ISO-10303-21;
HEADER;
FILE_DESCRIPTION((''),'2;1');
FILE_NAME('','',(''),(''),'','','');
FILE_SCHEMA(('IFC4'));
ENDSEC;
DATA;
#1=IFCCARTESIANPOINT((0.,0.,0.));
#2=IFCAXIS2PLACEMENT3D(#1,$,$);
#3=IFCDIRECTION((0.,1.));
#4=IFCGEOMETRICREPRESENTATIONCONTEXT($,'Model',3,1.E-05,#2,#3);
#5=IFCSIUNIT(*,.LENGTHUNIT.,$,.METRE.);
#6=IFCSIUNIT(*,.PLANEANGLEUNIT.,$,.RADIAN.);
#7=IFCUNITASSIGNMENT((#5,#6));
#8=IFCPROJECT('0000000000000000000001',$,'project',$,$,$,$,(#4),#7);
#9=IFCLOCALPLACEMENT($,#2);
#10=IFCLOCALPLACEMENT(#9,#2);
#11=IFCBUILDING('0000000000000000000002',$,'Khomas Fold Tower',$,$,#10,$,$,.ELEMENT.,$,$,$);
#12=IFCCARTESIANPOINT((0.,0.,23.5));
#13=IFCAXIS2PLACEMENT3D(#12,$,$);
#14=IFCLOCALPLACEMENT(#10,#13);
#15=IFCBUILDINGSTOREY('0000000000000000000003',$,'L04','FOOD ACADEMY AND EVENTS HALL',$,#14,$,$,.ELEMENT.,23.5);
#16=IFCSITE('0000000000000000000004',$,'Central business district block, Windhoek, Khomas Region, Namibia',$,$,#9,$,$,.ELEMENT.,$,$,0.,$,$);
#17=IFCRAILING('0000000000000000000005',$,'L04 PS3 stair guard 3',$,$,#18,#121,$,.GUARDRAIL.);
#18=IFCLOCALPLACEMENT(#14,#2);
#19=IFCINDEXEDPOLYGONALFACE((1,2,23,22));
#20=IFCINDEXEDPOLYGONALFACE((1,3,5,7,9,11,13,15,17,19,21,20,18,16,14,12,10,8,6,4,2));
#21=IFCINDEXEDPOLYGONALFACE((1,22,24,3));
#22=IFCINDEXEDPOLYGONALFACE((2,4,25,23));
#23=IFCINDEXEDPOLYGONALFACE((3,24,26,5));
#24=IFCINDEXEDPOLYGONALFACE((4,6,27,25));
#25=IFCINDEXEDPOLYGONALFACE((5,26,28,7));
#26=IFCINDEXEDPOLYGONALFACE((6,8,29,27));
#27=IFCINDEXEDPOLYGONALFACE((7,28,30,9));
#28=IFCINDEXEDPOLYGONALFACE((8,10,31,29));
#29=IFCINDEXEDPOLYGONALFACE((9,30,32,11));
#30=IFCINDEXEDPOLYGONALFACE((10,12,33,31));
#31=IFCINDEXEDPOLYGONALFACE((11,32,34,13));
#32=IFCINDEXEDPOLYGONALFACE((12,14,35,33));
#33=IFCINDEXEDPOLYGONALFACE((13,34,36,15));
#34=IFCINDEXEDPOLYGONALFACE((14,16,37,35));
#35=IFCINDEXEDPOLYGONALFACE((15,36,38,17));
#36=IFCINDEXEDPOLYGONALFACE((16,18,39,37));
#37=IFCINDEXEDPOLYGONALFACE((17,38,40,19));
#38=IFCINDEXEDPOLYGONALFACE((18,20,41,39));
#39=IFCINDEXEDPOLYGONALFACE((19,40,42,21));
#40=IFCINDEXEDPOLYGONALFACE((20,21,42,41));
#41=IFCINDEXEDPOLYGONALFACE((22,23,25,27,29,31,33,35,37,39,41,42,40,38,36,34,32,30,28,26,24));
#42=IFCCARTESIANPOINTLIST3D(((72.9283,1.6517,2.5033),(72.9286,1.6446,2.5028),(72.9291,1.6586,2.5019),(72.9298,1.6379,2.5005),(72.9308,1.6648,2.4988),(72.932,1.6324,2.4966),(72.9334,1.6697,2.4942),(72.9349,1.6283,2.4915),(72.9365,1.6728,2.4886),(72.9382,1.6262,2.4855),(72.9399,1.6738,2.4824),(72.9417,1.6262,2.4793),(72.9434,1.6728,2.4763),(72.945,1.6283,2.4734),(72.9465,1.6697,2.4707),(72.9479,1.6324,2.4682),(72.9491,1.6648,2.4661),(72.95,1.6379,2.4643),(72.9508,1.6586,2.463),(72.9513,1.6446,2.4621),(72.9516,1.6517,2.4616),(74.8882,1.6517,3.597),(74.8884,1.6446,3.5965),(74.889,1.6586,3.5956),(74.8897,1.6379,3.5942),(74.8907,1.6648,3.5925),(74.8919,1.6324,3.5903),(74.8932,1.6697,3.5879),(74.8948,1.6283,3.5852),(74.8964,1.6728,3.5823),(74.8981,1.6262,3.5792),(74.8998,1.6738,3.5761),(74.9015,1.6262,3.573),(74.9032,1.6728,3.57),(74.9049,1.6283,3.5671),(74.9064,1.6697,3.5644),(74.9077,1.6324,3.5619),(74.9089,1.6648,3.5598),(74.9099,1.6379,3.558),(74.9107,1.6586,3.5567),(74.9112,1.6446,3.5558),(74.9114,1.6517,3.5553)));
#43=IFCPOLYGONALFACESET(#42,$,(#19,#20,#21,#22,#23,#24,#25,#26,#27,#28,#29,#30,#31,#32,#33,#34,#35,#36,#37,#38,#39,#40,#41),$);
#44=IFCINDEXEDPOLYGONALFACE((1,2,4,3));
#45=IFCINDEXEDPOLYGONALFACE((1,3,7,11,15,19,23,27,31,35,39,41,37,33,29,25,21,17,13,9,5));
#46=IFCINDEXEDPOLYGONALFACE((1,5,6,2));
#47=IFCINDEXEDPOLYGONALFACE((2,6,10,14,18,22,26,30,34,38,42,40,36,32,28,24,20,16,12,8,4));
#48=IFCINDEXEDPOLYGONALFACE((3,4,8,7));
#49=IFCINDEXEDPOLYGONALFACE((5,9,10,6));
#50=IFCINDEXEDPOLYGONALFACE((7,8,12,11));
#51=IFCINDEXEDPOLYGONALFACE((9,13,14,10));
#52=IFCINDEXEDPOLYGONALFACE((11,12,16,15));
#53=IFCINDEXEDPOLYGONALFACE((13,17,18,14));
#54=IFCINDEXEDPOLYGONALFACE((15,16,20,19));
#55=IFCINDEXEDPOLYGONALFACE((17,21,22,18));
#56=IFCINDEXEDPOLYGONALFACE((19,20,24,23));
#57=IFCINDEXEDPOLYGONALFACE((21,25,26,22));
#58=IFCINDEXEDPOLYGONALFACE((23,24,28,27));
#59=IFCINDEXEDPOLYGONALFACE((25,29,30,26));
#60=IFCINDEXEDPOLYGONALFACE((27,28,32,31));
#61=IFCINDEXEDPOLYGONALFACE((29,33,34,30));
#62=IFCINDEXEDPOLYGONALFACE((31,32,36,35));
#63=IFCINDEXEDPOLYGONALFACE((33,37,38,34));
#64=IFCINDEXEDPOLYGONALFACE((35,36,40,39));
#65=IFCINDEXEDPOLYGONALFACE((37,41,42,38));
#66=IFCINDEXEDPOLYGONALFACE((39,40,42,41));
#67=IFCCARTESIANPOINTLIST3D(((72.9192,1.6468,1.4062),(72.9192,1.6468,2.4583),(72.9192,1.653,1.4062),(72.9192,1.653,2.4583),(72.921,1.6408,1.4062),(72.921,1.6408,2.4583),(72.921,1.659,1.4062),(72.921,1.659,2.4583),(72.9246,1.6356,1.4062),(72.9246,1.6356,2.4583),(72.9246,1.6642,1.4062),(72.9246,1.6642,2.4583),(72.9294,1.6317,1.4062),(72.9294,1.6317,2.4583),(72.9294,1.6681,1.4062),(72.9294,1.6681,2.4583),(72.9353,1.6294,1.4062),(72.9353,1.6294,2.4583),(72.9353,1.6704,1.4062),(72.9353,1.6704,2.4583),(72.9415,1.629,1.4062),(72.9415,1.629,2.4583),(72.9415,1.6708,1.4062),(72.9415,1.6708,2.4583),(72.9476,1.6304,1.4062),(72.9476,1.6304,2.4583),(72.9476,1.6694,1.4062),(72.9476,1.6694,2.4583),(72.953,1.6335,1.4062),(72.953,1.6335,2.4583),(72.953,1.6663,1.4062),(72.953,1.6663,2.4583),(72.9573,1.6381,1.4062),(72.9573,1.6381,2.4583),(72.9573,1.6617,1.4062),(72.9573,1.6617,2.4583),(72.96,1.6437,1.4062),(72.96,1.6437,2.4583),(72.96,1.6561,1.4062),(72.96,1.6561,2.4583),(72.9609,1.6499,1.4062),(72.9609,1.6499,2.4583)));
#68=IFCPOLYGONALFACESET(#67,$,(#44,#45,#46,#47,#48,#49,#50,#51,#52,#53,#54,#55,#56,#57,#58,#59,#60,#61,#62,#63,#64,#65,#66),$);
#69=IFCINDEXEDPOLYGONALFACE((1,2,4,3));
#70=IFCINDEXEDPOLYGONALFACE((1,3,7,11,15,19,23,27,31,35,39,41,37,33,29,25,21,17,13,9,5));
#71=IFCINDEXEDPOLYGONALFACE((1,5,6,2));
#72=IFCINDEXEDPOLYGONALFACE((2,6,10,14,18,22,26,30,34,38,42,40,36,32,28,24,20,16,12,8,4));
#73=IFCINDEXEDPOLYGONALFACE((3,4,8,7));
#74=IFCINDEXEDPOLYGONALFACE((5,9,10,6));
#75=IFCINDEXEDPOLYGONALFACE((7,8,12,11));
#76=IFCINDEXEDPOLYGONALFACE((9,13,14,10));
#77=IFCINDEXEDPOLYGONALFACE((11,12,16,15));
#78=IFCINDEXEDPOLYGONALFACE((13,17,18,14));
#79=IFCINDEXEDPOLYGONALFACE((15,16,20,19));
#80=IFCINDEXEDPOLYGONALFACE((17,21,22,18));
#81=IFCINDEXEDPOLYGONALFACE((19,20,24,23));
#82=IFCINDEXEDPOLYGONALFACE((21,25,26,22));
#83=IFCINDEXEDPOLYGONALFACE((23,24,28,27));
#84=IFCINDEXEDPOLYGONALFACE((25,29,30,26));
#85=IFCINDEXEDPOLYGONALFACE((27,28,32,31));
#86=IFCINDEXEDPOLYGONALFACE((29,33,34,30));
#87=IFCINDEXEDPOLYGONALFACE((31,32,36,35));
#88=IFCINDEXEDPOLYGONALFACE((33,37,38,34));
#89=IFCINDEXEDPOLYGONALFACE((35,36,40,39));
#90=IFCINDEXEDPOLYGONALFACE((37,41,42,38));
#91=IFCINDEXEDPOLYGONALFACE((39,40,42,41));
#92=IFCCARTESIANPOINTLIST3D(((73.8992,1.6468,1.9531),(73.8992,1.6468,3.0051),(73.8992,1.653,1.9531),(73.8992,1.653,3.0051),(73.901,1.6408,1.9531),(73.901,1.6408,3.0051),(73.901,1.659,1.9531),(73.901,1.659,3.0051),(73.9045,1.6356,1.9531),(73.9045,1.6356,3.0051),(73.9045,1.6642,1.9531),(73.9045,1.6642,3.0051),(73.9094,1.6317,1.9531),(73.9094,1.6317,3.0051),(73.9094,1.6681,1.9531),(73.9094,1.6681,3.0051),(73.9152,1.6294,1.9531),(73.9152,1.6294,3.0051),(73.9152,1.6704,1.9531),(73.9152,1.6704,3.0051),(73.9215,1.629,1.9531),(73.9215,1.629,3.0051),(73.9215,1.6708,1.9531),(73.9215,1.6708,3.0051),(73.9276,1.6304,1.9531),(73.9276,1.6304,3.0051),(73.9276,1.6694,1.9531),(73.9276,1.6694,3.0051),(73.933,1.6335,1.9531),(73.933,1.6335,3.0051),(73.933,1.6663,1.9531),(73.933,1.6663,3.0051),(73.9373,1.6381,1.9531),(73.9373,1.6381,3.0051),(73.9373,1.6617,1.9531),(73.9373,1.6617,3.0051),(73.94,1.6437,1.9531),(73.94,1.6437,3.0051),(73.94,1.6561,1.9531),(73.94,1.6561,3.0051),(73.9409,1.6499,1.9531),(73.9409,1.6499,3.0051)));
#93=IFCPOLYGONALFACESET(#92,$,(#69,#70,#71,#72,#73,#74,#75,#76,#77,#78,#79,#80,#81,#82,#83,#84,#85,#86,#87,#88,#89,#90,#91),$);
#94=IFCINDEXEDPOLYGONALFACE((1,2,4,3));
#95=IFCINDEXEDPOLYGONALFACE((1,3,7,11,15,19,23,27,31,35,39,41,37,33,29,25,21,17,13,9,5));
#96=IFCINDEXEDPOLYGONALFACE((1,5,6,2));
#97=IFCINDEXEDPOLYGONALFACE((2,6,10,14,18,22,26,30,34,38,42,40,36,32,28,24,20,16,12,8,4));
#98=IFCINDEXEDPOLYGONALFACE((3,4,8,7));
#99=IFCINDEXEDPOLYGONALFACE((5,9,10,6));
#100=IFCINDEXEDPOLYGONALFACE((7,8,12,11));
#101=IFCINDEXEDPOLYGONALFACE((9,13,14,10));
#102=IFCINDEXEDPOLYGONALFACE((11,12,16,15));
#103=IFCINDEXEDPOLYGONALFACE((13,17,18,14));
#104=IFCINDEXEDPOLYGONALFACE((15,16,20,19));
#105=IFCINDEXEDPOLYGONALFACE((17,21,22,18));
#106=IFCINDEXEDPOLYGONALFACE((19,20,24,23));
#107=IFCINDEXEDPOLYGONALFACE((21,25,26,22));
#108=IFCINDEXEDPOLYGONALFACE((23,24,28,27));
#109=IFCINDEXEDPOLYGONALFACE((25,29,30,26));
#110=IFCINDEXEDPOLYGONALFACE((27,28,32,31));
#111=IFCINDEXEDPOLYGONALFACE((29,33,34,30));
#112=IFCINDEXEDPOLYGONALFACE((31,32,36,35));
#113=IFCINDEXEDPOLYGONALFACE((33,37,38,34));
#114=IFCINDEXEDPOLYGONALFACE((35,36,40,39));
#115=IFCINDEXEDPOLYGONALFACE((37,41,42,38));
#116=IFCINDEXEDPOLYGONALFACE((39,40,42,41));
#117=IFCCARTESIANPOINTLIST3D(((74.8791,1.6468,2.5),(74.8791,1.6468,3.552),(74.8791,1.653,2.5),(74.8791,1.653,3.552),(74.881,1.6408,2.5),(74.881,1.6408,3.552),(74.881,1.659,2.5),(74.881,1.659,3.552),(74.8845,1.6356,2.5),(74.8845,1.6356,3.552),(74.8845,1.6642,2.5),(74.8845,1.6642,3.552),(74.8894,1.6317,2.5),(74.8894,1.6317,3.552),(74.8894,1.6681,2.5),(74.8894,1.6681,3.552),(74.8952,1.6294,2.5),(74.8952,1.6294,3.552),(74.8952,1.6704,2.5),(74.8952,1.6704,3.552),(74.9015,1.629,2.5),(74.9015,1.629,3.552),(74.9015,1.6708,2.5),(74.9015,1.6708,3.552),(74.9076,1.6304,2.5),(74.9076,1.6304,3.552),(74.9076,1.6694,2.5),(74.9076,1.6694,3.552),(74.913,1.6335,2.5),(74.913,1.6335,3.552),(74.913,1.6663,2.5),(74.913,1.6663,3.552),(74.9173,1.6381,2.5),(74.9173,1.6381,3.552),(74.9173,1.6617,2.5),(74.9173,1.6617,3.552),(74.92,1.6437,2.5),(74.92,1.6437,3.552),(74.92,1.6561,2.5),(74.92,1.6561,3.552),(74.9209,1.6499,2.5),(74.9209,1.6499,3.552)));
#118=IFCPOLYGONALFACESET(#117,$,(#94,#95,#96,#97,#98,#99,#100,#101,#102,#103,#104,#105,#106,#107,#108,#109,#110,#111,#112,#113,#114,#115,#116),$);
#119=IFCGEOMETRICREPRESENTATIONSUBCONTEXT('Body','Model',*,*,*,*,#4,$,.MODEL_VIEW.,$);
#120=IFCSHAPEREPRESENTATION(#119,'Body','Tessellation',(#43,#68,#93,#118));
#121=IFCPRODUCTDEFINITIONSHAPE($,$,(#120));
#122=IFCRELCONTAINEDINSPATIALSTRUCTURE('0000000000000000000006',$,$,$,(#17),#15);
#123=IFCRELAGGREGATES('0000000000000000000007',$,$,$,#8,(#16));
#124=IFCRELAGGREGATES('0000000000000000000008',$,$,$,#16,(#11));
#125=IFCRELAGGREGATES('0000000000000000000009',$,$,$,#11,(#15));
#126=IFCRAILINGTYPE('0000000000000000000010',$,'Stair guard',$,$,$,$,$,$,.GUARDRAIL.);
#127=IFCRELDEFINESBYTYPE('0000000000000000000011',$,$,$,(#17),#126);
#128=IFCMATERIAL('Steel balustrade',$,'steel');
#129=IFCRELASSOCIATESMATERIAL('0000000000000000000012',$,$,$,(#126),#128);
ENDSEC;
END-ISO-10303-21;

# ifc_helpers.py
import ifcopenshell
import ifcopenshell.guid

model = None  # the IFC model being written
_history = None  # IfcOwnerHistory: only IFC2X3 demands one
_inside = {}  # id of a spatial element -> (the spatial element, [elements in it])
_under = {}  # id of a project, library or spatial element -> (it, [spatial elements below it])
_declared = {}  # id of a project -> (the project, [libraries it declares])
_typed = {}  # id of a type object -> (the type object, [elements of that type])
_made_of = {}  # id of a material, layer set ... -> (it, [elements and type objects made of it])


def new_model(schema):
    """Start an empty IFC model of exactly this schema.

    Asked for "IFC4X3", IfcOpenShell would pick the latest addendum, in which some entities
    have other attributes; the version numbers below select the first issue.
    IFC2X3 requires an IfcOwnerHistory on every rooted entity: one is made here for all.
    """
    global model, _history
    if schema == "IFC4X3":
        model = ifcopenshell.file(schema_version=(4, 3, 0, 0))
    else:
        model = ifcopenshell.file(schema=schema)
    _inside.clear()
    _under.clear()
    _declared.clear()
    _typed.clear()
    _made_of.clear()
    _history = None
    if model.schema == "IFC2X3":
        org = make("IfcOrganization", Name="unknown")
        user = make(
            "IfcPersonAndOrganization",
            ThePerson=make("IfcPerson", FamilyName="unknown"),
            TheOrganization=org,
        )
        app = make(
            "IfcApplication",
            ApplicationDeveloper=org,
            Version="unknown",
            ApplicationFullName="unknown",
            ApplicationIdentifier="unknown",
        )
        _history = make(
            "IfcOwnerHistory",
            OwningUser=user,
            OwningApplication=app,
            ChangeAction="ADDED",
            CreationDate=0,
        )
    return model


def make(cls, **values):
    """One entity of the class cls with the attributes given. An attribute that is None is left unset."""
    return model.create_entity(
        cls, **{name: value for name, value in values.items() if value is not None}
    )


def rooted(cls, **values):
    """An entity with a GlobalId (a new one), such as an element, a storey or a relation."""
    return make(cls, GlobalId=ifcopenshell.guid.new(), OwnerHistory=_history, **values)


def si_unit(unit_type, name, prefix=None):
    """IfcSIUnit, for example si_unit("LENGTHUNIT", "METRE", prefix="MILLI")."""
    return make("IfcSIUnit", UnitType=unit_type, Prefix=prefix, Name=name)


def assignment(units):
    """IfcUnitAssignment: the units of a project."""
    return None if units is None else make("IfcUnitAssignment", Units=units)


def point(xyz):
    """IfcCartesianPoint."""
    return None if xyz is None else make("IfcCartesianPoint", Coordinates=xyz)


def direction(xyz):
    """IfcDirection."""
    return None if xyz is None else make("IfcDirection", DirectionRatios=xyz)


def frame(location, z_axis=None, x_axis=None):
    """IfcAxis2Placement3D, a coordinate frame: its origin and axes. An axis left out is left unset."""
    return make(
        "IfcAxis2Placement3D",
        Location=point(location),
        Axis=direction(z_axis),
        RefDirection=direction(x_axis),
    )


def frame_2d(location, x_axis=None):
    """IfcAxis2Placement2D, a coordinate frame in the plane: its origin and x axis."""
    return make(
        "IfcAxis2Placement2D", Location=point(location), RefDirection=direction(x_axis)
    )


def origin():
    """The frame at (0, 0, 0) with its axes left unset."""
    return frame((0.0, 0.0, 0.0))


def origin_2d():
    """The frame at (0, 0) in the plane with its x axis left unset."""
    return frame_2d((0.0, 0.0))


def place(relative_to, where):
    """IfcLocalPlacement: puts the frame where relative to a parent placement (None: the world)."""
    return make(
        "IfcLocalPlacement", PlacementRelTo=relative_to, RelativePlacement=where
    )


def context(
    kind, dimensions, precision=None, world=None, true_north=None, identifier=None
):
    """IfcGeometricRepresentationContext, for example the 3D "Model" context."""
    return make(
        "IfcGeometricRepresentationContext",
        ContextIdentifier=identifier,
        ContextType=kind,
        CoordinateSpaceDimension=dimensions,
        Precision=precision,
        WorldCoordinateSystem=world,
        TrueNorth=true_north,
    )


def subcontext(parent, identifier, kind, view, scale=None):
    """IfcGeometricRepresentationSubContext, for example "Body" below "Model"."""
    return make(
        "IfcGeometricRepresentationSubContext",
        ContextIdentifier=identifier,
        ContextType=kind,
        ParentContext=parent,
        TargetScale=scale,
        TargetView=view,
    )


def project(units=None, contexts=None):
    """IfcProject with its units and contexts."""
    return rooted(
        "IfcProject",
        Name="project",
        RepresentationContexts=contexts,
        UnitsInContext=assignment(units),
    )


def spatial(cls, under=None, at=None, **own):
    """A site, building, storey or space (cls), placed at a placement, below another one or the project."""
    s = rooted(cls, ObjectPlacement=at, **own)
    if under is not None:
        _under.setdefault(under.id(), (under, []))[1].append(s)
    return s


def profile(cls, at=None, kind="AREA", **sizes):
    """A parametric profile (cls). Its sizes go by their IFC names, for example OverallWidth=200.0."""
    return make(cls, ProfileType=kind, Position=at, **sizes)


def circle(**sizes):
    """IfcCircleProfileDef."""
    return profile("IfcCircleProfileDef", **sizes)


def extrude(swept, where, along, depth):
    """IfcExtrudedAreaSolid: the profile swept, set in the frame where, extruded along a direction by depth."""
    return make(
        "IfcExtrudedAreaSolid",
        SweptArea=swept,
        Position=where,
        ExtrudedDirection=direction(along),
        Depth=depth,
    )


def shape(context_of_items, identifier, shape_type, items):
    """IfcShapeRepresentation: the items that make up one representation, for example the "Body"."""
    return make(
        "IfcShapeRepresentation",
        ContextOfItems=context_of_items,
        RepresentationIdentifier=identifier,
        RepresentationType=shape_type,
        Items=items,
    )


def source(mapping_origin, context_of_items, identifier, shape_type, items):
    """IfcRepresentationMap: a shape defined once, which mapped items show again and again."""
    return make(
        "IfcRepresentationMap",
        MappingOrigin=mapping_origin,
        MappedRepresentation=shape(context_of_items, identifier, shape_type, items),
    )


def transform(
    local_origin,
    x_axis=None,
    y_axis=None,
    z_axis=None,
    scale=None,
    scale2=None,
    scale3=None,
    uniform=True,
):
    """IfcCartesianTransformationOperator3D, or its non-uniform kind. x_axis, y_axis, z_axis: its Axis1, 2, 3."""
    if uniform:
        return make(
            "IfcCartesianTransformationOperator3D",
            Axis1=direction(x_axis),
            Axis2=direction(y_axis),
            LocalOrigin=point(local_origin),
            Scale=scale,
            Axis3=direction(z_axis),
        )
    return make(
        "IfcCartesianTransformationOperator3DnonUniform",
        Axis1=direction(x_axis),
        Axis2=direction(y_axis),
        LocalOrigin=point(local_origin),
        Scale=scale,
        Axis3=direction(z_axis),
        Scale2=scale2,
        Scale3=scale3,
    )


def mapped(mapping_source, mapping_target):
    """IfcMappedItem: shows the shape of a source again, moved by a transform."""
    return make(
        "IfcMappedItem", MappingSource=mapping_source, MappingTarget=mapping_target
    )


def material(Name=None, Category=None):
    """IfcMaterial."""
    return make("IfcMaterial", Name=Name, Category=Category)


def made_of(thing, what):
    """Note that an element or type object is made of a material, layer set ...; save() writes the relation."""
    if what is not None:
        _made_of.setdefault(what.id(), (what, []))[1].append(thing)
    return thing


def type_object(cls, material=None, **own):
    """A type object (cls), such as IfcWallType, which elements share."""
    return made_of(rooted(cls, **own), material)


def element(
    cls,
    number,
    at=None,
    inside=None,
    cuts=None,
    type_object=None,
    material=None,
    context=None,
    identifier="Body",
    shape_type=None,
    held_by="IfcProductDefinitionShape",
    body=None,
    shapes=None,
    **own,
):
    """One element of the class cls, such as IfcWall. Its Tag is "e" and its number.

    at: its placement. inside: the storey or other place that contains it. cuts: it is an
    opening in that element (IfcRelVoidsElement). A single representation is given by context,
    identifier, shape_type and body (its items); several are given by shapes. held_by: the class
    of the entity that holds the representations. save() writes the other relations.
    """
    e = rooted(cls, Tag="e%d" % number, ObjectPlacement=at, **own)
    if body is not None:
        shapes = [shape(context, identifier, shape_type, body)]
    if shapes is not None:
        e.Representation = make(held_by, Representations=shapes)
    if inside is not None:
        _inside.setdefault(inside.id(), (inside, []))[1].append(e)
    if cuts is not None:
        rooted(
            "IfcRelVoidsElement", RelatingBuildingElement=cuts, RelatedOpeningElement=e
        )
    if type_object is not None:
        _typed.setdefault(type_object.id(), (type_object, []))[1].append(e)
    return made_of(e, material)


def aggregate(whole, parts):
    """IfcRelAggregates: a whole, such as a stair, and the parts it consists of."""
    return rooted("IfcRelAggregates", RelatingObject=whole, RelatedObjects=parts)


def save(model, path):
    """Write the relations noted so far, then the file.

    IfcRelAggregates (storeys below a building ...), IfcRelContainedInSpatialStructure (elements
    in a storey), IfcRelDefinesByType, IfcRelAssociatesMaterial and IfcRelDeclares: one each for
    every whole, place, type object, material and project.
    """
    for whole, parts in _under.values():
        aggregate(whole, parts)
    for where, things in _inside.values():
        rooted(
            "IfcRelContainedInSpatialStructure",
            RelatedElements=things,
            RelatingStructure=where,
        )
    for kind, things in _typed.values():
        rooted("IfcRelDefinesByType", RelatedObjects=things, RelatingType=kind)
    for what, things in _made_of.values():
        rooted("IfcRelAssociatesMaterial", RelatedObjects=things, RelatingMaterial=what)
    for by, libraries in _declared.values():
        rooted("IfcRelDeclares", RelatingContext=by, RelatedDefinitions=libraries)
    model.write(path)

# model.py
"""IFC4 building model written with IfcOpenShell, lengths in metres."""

from ifc_helpers import new_model, si_unit, direction, frame, origin, origin_2d, place, context, subcontext, project, spatial, circle, extrude, source, transform, mapped, material, type_object, element, save


model = new_model("IFC4")

# Units and contexts
model_context = context("Model", 3, precision=1e-05, world=origin(), true_north=direction((0.0, 1.0)))
body_context = subcontext(model_context, "Body", "Model", "MODEL_VIEW")
ifc_project = project(units=[si_unit("LENGTHUNIT", "METRE"), si_unit("PLANEANGLEUNIT", "RADIAN")], contexts=[model_context])

# Site, building, storey
site_placement = place(None, origin())
site = spatial("IfcSite", under=ifc_project, at=site_placement, Name="Central business district block, Windhoek, Khomas Region, Namibia", CompositionType="ELEMENT", RefElevation=0.0)
building_placement = place(site_placement, origin())
building = spatial("IfcBuilding", under=site, at=building_placement, Name="Khomas Fold Tower", CompositionType="ELEMENT")
storey_placement = place(building_placement, frame((0.0, 0.0, 23.5)))
storey = spatial("IfcBuildingStorey", under=building, at=storey_placement, Name="L04", Description="FOOD ACADEMY AND EVENTS HALL", CompositionType="ELEMENT", Elevation=23.5)

# Railing
ifc_material_1 = material(Name="Steel balustrade", Category="steel")
railing_type_1 = type_object("IfcRailingType", Name="Stair guard", PredefinedType="GUARDRAIL", material=ifc_material_1)
shared_shape_1 = source(origin(), body_context, "Body", "SweptSolid", [
    extrude(circle(Radius=0.0239, at=origin_2d()), frame((0.0, 0.0, 1.0762), z_axis=(0.873232, 0.0, 0.487304), x_axis=(0.0, 1.0, 0.0)), (0.0, 0.0, 1.0), 2.2444),
    extrude(circle(Radius=0.021, at=origin_2d()), origin(), (0.0, 0.0, 1.0), 1.052),
    extrude(circle(Radius=0.021, at=origin_2d()), frame((0.98, 0.0, 0.5469)), (0.0, 0.0, 1.0), 1.052),
    extrude(circle(Radius=0.021, at=origin_2d()), frame((1.96, 0.0, 1.0938)), (0.0, 0.0, 1.0), 1.052),
])
for number, where, name in (
    (1, (72.9399, 1.6499, 1.4062), "L04 PS3 stair guard 3"),
):
    element("IfcRailing", number, at=place(storey_placement, frame(where)), inside=storey, type_object=railing_type_1, Name=name, PredefinedType="GUARDRAIL", context=body_context, shape_type="MappedRepresentation", body=[
        mapped(shared_shape_1, transform((0.0, 0.0, 0.0))),
    ])

save(model, "model.ifc")
